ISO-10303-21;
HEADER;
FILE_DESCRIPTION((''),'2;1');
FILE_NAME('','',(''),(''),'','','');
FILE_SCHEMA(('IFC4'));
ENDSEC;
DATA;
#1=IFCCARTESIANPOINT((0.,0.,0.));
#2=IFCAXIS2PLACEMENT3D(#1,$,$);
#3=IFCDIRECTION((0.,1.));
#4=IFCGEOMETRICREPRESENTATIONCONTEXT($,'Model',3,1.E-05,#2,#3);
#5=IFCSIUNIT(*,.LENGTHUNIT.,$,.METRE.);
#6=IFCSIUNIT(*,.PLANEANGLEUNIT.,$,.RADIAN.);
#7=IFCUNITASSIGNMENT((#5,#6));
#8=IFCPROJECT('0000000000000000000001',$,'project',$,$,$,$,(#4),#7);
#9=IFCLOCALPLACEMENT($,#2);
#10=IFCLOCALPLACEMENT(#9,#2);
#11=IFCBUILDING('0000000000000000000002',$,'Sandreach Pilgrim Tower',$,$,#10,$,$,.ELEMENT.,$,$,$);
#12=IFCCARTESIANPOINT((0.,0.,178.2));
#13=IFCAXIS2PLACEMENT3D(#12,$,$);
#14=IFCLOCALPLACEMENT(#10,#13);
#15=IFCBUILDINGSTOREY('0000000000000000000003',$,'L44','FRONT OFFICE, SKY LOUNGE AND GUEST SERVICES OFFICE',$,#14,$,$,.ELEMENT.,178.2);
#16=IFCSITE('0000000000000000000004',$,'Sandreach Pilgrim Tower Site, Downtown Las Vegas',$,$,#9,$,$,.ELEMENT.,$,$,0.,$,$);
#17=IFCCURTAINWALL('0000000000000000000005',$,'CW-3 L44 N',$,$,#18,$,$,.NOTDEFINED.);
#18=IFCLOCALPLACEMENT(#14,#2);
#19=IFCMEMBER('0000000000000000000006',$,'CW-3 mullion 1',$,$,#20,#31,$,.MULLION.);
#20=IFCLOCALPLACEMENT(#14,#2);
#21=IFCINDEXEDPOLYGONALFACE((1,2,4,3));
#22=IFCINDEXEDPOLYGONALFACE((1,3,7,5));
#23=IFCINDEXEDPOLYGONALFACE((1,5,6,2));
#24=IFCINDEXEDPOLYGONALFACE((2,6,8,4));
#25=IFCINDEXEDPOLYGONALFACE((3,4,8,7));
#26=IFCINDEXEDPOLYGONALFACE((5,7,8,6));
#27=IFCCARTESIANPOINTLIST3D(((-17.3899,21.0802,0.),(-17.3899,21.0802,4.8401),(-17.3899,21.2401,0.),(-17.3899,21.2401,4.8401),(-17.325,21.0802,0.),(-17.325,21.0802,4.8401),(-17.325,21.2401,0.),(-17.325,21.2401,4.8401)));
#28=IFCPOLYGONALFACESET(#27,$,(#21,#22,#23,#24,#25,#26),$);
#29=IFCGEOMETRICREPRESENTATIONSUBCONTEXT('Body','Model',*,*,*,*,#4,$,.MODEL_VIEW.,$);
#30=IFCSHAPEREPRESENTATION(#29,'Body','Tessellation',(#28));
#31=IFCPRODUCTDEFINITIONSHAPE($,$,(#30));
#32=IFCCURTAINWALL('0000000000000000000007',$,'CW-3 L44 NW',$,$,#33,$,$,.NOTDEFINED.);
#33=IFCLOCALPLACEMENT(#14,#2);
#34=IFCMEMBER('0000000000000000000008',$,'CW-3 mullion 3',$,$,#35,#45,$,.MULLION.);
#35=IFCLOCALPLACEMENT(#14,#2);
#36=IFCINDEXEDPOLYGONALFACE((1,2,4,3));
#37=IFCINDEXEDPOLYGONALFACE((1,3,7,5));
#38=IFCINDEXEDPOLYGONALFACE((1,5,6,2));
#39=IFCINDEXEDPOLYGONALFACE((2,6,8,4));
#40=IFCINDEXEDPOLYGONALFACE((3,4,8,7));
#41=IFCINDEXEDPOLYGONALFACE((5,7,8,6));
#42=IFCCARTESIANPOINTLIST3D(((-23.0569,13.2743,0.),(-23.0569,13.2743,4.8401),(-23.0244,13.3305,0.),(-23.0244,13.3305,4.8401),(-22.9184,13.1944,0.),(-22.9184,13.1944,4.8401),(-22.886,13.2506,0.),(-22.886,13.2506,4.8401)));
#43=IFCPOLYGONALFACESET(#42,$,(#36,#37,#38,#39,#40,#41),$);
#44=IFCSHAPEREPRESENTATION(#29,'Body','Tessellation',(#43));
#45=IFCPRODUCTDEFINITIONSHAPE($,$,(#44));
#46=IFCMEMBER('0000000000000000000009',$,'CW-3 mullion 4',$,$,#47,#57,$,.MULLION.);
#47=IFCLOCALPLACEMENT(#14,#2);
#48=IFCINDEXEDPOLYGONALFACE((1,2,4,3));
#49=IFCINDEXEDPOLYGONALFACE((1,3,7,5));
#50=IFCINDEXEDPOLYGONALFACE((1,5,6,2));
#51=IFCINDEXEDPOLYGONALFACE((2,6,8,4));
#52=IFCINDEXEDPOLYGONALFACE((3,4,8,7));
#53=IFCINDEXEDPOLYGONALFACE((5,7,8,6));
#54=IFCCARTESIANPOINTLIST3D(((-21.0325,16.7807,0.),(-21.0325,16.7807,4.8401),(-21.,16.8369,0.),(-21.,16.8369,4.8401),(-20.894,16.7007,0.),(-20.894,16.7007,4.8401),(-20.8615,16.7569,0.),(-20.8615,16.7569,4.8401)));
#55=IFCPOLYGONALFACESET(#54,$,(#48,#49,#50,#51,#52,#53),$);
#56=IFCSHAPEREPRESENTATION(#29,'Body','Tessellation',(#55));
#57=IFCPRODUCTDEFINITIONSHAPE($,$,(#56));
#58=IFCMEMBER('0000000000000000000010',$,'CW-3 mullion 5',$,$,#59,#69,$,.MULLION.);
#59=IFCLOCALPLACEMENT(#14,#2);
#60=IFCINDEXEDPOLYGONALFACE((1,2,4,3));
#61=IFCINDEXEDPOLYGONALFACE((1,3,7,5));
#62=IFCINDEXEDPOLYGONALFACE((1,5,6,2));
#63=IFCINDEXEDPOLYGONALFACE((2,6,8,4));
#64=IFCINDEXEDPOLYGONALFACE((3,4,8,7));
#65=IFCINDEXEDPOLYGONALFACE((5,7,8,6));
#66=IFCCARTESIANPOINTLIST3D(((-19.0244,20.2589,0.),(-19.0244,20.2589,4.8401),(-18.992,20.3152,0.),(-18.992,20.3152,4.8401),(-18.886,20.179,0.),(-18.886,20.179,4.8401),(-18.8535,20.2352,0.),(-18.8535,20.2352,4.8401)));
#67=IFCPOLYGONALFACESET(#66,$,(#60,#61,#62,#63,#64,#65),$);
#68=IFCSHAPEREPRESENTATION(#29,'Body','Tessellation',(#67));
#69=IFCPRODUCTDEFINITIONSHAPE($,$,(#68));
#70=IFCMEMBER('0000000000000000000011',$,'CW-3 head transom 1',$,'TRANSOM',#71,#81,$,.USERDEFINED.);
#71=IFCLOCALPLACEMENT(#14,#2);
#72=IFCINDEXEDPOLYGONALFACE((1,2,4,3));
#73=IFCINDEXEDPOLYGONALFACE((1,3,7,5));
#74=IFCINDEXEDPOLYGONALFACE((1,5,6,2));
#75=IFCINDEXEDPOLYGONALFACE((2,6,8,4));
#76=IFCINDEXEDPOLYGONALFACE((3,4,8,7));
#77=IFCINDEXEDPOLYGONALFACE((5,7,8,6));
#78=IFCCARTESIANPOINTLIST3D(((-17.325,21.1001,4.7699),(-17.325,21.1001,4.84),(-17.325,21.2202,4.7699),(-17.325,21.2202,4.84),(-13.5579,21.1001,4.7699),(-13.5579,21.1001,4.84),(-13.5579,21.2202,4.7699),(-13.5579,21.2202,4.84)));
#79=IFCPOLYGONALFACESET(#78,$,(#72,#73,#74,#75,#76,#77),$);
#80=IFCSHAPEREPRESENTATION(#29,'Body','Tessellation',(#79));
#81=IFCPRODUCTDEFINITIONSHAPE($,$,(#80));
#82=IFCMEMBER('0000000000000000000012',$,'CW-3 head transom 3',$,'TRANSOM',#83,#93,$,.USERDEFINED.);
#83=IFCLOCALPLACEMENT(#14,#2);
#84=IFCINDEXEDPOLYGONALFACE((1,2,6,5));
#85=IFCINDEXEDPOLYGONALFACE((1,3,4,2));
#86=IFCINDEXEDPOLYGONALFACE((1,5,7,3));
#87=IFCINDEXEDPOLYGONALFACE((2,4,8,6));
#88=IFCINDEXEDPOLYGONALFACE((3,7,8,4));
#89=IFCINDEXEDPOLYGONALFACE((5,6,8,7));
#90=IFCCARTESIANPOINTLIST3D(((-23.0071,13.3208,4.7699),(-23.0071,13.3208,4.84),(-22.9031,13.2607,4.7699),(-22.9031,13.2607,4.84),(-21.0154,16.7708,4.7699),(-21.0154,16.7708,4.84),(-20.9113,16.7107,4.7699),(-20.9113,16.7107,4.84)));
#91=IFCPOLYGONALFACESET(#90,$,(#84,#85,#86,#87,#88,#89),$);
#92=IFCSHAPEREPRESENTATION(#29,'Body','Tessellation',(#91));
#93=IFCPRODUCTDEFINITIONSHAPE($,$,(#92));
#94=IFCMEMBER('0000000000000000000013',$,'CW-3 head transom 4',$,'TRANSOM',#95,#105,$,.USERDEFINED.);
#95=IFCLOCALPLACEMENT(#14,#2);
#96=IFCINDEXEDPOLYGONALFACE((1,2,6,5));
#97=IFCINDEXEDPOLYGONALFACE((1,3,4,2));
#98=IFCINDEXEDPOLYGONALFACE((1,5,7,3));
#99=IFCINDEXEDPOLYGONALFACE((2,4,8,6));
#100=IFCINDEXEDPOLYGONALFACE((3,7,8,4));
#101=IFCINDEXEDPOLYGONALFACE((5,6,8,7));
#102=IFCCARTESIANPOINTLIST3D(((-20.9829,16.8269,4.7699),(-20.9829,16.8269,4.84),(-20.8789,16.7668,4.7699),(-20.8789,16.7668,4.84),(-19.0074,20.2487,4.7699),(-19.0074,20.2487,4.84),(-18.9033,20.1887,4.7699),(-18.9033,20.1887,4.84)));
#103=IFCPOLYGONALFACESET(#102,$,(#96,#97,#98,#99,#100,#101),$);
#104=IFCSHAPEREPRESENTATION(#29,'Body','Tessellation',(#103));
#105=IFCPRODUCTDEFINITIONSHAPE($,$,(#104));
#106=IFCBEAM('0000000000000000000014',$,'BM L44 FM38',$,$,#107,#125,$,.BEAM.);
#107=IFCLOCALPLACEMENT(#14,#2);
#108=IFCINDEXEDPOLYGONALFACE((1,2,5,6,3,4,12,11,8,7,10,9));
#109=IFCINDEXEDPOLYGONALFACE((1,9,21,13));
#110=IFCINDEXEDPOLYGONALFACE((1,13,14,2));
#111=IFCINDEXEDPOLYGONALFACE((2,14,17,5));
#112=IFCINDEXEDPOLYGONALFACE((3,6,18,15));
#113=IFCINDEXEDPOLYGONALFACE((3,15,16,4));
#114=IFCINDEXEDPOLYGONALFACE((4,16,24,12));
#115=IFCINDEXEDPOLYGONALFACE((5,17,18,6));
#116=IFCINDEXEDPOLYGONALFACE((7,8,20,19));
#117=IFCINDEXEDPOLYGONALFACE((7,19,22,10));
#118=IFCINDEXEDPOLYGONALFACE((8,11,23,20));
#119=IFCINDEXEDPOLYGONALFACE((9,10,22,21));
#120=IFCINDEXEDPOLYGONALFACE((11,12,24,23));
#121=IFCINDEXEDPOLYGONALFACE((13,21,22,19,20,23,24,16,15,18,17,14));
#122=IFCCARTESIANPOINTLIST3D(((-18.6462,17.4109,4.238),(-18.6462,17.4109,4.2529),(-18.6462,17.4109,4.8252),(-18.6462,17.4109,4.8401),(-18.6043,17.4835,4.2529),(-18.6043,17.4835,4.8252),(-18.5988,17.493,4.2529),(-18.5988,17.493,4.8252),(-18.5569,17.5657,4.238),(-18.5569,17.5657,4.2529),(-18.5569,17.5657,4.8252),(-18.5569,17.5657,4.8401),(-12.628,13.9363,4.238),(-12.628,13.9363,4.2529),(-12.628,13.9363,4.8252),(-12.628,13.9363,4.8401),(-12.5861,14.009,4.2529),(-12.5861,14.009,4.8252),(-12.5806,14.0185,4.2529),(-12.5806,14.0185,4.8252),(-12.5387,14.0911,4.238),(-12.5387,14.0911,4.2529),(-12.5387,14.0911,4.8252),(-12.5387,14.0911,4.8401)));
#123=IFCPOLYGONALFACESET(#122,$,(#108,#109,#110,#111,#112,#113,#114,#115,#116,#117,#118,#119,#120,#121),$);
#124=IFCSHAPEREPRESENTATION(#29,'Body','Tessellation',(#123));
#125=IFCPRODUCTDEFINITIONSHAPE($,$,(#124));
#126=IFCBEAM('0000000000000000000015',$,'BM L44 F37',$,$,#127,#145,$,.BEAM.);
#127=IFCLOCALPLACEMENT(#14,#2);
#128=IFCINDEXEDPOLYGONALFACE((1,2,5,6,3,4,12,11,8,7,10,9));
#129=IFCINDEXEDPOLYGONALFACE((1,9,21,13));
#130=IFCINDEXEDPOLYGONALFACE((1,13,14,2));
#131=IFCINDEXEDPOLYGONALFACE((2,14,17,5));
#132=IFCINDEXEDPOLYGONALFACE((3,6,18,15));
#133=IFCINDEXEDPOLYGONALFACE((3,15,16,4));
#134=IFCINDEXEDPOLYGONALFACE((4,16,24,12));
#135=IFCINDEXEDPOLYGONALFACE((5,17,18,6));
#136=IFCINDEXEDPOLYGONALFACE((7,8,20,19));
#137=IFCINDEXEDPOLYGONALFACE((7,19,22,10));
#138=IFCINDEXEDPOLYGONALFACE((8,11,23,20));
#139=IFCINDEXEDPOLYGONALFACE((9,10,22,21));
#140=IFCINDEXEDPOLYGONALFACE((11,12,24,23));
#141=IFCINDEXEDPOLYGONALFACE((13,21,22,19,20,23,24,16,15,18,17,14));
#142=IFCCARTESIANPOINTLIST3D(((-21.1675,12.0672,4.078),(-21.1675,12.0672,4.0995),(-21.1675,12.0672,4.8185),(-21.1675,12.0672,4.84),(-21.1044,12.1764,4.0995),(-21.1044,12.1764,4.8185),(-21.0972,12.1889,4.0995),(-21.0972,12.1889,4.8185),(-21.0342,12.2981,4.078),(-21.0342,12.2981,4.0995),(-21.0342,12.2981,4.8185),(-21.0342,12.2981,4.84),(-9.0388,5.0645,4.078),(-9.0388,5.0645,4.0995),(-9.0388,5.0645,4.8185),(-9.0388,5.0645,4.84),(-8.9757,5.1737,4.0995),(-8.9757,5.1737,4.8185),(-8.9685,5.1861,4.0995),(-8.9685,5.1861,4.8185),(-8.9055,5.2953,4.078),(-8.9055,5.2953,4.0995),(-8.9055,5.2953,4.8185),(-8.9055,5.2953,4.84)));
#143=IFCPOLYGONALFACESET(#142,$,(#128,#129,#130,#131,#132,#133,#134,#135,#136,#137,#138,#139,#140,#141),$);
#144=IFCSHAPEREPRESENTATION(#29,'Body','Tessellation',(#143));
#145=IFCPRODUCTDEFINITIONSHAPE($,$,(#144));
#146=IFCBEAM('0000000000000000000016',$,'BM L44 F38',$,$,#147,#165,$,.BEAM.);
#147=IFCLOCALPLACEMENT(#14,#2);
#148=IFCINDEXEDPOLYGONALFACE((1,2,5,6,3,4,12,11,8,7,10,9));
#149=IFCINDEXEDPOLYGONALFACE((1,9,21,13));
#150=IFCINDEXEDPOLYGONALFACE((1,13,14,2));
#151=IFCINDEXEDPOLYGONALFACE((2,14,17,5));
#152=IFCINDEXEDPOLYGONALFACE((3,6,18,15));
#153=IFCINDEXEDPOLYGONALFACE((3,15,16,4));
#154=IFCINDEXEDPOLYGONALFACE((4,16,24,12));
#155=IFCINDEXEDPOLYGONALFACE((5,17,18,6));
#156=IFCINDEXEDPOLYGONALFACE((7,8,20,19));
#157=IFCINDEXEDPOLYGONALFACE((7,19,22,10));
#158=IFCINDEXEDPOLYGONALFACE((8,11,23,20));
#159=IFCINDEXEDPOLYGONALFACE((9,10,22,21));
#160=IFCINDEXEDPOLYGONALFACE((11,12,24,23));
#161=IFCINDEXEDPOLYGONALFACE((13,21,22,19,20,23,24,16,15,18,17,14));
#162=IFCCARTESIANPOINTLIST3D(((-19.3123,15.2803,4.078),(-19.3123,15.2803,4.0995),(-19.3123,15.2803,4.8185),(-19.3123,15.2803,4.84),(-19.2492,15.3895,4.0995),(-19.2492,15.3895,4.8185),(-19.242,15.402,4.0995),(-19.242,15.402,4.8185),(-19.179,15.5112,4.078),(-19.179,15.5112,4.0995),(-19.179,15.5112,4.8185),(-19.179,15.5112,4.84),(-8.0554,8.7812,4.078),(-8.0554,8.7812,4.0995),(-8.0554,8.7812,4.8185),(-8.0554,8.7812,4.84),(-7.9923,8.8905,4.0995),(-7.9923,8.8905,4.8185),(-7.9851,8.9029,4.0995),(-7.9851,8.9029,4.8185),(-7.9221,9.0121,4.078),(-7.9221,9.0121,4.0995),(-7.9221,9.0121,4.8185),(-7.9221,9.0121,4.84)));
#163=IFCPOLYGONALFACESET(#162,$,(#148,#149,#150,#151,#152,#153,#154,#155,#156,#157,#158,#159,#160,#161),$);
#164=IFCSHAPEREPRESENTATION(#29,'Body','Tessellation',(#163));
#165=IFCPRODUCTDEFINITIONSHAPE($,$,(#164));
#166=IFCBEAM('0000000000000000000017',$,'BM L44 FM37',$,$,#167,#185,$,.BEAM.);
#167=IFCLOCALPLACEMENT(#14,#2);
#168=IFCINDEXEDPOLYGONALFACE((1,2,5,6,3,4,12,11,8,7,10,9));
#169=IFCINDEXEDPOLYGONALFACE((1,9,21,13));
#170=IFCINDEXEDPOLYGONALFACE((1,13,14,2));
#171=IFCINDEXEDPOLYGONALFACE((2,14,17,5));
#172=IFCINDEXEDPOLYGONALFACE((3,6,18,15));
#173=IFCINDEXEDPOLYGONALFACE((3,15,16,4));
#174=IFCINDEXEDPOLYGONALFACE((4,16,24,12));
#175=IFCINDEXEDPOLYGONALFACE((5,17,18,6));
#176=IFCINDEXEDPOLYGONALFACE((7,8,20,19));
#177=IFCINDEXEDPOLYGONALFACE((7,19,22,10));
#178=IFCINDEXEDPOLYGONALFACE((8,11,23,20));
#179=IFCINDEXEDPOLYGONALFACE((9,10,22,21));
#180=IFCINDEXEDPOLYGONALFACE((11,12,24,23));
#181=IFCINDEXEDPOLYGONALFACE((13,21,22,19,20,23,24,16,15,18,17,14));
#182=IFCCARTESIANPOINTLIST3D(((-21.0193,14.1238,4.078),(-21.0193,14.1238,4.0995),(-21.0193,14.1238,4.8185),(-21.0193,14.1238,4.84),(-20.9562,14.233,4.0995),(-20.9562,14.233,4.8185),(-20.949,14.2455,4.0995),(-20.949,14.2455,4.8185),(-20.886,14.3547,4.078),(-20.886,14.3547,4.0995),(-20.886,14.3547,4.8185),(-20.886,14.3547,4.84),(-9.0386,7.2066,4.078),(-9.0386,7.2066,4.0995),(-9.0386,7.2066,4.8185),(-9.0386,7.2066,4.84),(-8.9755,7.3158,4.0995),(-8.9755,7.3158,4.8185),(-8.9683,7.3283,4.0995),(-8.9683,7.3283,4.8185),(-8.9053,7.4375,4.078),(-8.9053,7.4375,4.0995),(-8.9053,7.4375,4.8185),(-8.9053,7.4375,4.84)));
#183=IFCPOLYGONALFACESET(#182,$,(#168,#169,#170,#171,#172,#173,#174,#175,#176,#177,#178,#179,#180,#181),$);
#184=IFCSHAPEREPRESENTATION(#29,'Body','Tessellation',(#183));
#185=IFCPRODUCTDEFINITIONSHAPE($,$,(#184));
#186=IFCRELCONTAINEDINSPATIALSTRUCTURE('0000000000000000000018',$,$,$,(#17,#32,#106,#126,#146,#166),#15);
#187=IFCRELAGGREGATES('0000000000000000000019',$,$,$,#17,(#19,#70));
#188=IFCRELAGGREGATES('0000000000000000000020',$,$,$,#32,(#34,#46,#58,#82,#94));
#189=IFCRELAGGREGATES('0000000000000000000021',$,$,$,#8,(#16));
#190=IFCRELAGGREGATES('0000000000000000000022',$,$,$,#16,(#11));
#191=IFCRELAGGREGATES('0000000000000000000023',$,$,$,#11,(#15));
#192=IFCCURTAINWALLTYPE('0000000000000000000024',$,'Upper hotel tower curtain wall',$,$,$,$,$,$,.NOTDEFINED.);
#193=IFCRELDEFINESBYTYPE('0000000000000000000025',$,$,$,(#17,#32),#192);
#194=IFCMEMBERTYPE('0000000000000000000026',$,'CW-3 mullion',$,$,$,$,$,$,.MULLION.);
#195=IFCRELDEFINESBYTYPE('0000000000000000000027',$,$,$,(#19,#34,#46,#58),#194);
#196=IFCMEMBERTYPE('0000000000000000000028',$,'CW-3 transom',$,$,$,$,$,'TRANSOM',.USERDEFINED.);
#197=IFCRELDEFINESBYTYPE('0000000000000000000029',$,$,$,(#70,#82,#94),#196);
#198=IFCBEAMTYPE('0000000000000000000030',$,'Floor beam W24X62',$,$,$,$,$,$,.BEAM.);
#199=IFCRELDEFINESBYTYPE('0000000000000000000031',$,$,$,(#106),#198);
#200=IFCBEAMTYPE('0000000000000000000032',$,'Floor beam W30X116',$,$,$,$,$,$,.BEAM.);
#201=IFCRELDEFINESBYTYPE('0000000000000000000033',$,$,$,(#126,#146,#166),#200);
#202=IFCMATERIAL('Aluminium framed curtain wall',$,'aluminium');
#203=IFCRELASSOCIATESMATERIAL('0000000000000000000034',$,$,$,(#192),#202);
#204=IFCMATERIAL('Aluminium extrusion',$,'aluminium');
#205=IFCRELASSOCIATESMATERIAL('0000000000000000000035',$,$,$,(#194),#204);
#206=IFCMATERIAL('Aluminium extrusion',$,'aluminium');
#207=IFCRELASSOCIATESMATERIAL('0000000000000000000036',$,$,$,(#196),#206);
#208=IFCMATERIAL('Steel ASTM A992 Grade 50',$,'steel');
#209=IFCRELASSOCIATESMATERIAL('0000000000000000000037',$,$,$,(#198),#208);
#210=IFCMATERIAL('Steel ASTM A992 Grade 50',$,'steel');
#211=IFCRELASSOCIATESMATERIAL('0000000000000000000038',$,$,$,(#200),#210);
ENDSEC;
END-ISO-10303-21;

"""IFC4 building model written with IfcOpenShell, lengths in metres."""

from ifc_helpers import new_model, si_unit, direction, frame, origin, origin_2d, place, context, subcontext, project, spatial, rectangle, i_section, extrude, material, material_profile, profile_set, type_object, element, aggregate, save


model = new_model("IFC4")

# Units and contexts
model_context = context("Model", 3, precision=1e-05, world=origin(), true_north=direction((0.0, 1.0)))
body_context = subcontext(model_context, "Body", "Model", "MODEL_VIEW")
ifc_project = project(units=[si_unit("LENGTHUNIT", "METRE"), si_unit("PLANEANGLEUNIT", "RADIAN")], contexts=[model_context])

# Site, building, storey
site_placement = place(None, origin())
site = spatial("IfcSite", under=ifc_project, at=site_placement, Name="Sandreach Pilgrim Tower Site, Downtown Las Vegas", CompositionType="ELEMENT", RefElevation=0.0)
building_placement = place(site_placement, origin())
building = spatial("IfcBuilding", under=site, at=building_placement, Name="Sandreach Pilgrim Tower", CompositionType="ELEMENT")
storey_placement = place(building_placement, frame((0.0, 0.0, 178.2)))
storey = spatial("IfcBuildingStorey", under=building, at=storey_placement, Name="L44", Description="FRONT OFFICE, SKY LOUNGE AND GUEST SERVICES OFFICE", CompositionType="ELEMENT", Elevation=178.2)

# Curtain wall, member
ifc_material_1 = material(Name="Aluminium framed curtain wall", Category="aluminium")
curtain_wall_type = type_object("IfcCurtainWallType", Name="Upper hotel tower curtain wall", PredefinedType="NOTDEFINED", material=ifc_material_1)
curtain_wall_1_placement = place(storey_placement, origin())
curtain_wall_1 = element("IfcCurtainWall", 1, at=curtain_wall_1_placement, inside=storey, type_object=curtain_wall_type, Name="CW-3 L44 N", PredefinedType="NOTDEFINED")
ifc_material_2 = material(Name="Aluminium extrusion", Category="aluminium")
ifc_material_profile_1 = material_profile(ifc_material_2, rectangle(XDim=0.0649, YDim=0.1599, at=origin_2d()), Name="CW-3M 65X160")
ifc_profile_set_1 = profile_set([ifc_material_profile_1], Name="Aluminium extrusion")
member_type_1 = type_object("IfcMemberType", Name="CW-3 mullion", PredefinedType="MULLION", material=ifc_profile_set_1)
member_1_placement = place(storey_placement, frame((-17.3574, 21.1602, 0.0), z_axis=(0.0, 0.0, 1.0), x_axis=(1.0, 0.0, 0.0)))
member_1 = element("IfcMember", 2, at=member_1_placement, type_object=member_type_1, Name="CW-3 mullion 1", PredefinedType="MULLION", context=body_context, shape_type="SweptSolid", body=[
    extrude(rectangle(XDim=0.0649, YDim=0.1599, at=origin_2d()), origin(), (0.0, 0.0, 1.0), 4.8401),
])

# Curtain wall, members
curtain_wall_2_placement = place(storey_placement, origin())
curtain_wall_2 = element("IfcCurtainWall", 3, at=curtain_wall_2_placement, inside=storey, type_object=curtain_wall_type, Name="CW-3 L44 NW", PredefinedType="NOTDEFINED")
member_2_placement = place(storey_placement, frame((-22.9714, 13.2625, 0.0), z_axis=(0.0, 0.0, 1.0), x_axis=(0.5, 0.866025, 0.0)))
member_2 = element("IfcMember", 4, at=member_2_placement, type_object=member_type_1, Name="CW-3 mullion 3", PredefinedType="MULLION", context=body_context, shape_type="SweptSolid", body=[
    extrude(rectangle(XDim=0.0649, YDim=0.1599, at=origin_2d()), origin(), (0.0, 0.0, 1.0), 4.8401),
])
member_3_placement = place(storey_placement, frame((-20.947, 16.7688, 0.0), z_axis=(0.0, 0.0, 1.0), x_axis=(0.5, 0.866025, 0.0)))
member_3 = element("IfcMember", 5, at=member_3_placement, type_object=member_type_1, Name="CW-3 mullion 4", PredefinedType="MULLION", context=body_context, shape_type="SweptSolid", body=[
    extrude(rectangle(XDim=0.0649, YDim=0.1599, at=origin_2d()), origin(), (0.0, 0.0, 1.0), 4.8401),
])
member_4_placement = place(storey_placement, frame((-18.939, 20.2471, 0.0), z_axis=(0.0, 0.0, 1.0), x_axis=(0.5, 0.866025, 0.0)))
member_4 = element("IfcMember", 6, at=member_4_placement, type_object=member_type_1, Name="CW-3 mullion 5", PredefinedType="MULLION", context=body_context, shape_type="SweptSolid", body=[
    extrude(rectangle(XDim=0.0649, YDim=0.1599, at=origin_2d()), origin(), (0.0, 0.0, 1.0), 4.8401),
])

# Members
ifc_material_3 = material(Name="Aluminium extrusion", Category="aluminium")
ifc_material_profile_2 = material_profile(ifc_material_3, rectangle(XDim=0.1201, YDim=0.0701, at=origin_2d()), Name="CW-3T 120X70")
ifc_profile_set_2 = profile_set([ifc_material_profile_2], Name="Aluminium extrusion")
member_type_2 = type_object("IfcMemberType", Name="CW-3 transom", ElementType="TRANSOM", PredefinedType="USERDEFINED", material=ifc_profile_set_2)
member_5_placement = place(storey_placement, frame((-17.325, 21.1602, 4.8049), z_axis=(1.0, 0.0, 0.0), x_axis=(0.0, 1.0, 0.0)))
member_5 = element("IfcMember", 7, at=member_5_placement, type_object=member_type_2, Name="CW-3 head transom 1", ObjectType="TRANSOM", PredefinedType="USERDEFINED", context=body_context, shape_type="SweptSolid", body=[
    extrude(rectangle(XDim=0.1201, YDim=0.0701, at=origin_2d()), origin(), (0.0, 0.0, 1.0), 3.7671),
])
aggregate(curtain_wall_1, [member_1, member_5])
member_6_placement = place(storey_placement, frame((-22.9551, 13.2908, 4.8049), z_axis=(0.499975, 0.86604, 0.0), x_axis=(-0.86604, 0.499975, 0.0)))
member_6 = element("IfcMember", 8, at=member_6_placement, type_object=member_type_2, Name="CW-3 head transom 3", ObjectType="TRANSOM", PredefinedType="USERDEFINED", context=body_context, shape_type="SweptSolid", body=[
    extrude(rectangle(XDim=0.1201, YDim=0.0701, at=origin_2d()), origin(), (0.0, 0.0, 1.0), 3.9836),
])
member_7_placement = place(storey_placement, frame((-20.9309, 16.7969, 4.8049), z_axis=(0.499993, 0.866029, 0.0), x_axis=(-0.866029, 0.499993, 0.0)))
member_7 = element("IfcMember", 9, at=member_7_placement, type_object=member_type_2, Name="CW-3 head transom 4", ObjectType="TRANSOM", PredefinedType="USERDEFINED", context=body_context, shape_type="SweptSolid", body=[
    extrude(rectangle(XDim=0.1201, YDim=0.0701, at=origin_2d()), origin(), (0.0, 0.0, 1.0), 3.9512),
])

# Beams
ifc_material_4 = material(Name="Steel ASTM A992 Grade 50", Category="steel")
ifc_material_profile_3 = material_profile(ifc_material_4, i_section(OverallWidth=0.1787, OverallDepth=0.6021, WebThickness=0.011, FlangeThickness=0.0149, at=origin_2d()), Name="W24X62")
ifc_profile_set_3 = profile_set([ifc_material_profile_3], Name="Steel ASTM A992 Grade 50")
beam_type_1 = type_object("IfcBeamType", Name="Floor beam W24X62", PredefinedType="BEAM", material=ifc_profile_set_3)
beam_1_placement = place(storey_placement, frame((-18.6016, 17.4883, 4.5391), z_axis=(0.866029, -0.499993, 0.0), x_axis=(0.499993, 0.866029, 0.0)))
element("IfcBeam", 10, at=beam_1_placement, inside=storey, type_object=beam_type_1, Name="BM L44 FM38", PredefinedType="BEAM", context=body_context, shape_type="SweptSolid", body=[
    extrude(i_section(OverallWidth=0.1787, OverallDepth=0.6021, WebThickness=0.011, FlangeThickness=0.0149, at=origin_2d()), origin(), (0.0, 0.0, 1.0), 6.9492),
])
ifc_material_5 = material(Name="Steel ASTM A992 Grade 50", Category="steel")
ifc_material_profile_4 = material_profile(ifc_material_5, i_section(OverallWidth=0.2666, OverallDepth=0.762, WebThickness=0.0144, FlangeThickness=0.0215, at=origin_2d()), Name="W30X116")
ifc_profile_set_4 = profile_set([ifc_material_profile_4], Name="Steel ASTM A992 Grade 50")
beam_type_2 = type_object("IfcBeamType", Name="Floor beam W30X116", PredefinedType="BEAM", material=ifc_profile_set_4)
beam_2_placement = place(storey_placement, frame((-21.1008, 12.1826, 4.459), z_axis=(0.866019, -0.500011, 0.0), x_axis=(0.500011, 0.866019, 0.0)))
element("IfcBeam", 11, at=beam_2_placement, inside=storey, type_object=beam_type_2, Name="BM L44 F37", PredefinedType="BEAM", context=body_context, shape_type="SweptSolid", body=[
    extrude(i_section(OverallWidth=0.2666, OverallDepth=0.762, WebThickness=0.0144, FlangeThickness=0.0215, at=origin_2d()), origin(), (0.0, 0.0, 1.0), 14.0051),
])
beam_3_placement = place(storey_placement, frame((-19.2456, 15.3958, 4.459), z_axis=(0.866029, -0.499993, 0.0), x_axis=(0.499993, 0.866029, 0.0)))
element("IfcBeam", 12, at=beam_3_placement, inside=storey, type_object=beam_type_2, Name="BM L44 F38", PredefinedType="BEAM", context=body_context, shape_type="SweptSolid", body=[
    extrude(i_section(OverallWidth=0.2666, OverallDepth=0.762, WebThickness=0.0144, FlangeThickness=0.0215, at=origin_2d()), origin(), (0.0, 0.0, 1.0), 12.9983),
])
beam_4_placement = place(storey_placement, frame((-20.9526, 14.2393, 4.459), z_axis=(0.86602, -0.500009, 0.0), x_axis=(0.500009, 0.86602, 0.0)))
element("IfcBeam", 13, at=beam_4_placement, inside=storey, type_object=beam_type_2, Name="BM L44 FM37", PredefinedType="BEAM", context=body_context, shape_type="SweptSolid", body=[
    extrude(i_section(OverallWidth=0.2666, OverallDepth=0.762, WebThickness=0.0144, FlangeThickness=0.0215, at=origin_2d()), origin(), (0.0, 0.0, 1.0), 13.8342),
])

aggregate(curtain_wall_2, [member_2, member_3, member_4, member_6, member_7])

save(model, "model.ifc")
